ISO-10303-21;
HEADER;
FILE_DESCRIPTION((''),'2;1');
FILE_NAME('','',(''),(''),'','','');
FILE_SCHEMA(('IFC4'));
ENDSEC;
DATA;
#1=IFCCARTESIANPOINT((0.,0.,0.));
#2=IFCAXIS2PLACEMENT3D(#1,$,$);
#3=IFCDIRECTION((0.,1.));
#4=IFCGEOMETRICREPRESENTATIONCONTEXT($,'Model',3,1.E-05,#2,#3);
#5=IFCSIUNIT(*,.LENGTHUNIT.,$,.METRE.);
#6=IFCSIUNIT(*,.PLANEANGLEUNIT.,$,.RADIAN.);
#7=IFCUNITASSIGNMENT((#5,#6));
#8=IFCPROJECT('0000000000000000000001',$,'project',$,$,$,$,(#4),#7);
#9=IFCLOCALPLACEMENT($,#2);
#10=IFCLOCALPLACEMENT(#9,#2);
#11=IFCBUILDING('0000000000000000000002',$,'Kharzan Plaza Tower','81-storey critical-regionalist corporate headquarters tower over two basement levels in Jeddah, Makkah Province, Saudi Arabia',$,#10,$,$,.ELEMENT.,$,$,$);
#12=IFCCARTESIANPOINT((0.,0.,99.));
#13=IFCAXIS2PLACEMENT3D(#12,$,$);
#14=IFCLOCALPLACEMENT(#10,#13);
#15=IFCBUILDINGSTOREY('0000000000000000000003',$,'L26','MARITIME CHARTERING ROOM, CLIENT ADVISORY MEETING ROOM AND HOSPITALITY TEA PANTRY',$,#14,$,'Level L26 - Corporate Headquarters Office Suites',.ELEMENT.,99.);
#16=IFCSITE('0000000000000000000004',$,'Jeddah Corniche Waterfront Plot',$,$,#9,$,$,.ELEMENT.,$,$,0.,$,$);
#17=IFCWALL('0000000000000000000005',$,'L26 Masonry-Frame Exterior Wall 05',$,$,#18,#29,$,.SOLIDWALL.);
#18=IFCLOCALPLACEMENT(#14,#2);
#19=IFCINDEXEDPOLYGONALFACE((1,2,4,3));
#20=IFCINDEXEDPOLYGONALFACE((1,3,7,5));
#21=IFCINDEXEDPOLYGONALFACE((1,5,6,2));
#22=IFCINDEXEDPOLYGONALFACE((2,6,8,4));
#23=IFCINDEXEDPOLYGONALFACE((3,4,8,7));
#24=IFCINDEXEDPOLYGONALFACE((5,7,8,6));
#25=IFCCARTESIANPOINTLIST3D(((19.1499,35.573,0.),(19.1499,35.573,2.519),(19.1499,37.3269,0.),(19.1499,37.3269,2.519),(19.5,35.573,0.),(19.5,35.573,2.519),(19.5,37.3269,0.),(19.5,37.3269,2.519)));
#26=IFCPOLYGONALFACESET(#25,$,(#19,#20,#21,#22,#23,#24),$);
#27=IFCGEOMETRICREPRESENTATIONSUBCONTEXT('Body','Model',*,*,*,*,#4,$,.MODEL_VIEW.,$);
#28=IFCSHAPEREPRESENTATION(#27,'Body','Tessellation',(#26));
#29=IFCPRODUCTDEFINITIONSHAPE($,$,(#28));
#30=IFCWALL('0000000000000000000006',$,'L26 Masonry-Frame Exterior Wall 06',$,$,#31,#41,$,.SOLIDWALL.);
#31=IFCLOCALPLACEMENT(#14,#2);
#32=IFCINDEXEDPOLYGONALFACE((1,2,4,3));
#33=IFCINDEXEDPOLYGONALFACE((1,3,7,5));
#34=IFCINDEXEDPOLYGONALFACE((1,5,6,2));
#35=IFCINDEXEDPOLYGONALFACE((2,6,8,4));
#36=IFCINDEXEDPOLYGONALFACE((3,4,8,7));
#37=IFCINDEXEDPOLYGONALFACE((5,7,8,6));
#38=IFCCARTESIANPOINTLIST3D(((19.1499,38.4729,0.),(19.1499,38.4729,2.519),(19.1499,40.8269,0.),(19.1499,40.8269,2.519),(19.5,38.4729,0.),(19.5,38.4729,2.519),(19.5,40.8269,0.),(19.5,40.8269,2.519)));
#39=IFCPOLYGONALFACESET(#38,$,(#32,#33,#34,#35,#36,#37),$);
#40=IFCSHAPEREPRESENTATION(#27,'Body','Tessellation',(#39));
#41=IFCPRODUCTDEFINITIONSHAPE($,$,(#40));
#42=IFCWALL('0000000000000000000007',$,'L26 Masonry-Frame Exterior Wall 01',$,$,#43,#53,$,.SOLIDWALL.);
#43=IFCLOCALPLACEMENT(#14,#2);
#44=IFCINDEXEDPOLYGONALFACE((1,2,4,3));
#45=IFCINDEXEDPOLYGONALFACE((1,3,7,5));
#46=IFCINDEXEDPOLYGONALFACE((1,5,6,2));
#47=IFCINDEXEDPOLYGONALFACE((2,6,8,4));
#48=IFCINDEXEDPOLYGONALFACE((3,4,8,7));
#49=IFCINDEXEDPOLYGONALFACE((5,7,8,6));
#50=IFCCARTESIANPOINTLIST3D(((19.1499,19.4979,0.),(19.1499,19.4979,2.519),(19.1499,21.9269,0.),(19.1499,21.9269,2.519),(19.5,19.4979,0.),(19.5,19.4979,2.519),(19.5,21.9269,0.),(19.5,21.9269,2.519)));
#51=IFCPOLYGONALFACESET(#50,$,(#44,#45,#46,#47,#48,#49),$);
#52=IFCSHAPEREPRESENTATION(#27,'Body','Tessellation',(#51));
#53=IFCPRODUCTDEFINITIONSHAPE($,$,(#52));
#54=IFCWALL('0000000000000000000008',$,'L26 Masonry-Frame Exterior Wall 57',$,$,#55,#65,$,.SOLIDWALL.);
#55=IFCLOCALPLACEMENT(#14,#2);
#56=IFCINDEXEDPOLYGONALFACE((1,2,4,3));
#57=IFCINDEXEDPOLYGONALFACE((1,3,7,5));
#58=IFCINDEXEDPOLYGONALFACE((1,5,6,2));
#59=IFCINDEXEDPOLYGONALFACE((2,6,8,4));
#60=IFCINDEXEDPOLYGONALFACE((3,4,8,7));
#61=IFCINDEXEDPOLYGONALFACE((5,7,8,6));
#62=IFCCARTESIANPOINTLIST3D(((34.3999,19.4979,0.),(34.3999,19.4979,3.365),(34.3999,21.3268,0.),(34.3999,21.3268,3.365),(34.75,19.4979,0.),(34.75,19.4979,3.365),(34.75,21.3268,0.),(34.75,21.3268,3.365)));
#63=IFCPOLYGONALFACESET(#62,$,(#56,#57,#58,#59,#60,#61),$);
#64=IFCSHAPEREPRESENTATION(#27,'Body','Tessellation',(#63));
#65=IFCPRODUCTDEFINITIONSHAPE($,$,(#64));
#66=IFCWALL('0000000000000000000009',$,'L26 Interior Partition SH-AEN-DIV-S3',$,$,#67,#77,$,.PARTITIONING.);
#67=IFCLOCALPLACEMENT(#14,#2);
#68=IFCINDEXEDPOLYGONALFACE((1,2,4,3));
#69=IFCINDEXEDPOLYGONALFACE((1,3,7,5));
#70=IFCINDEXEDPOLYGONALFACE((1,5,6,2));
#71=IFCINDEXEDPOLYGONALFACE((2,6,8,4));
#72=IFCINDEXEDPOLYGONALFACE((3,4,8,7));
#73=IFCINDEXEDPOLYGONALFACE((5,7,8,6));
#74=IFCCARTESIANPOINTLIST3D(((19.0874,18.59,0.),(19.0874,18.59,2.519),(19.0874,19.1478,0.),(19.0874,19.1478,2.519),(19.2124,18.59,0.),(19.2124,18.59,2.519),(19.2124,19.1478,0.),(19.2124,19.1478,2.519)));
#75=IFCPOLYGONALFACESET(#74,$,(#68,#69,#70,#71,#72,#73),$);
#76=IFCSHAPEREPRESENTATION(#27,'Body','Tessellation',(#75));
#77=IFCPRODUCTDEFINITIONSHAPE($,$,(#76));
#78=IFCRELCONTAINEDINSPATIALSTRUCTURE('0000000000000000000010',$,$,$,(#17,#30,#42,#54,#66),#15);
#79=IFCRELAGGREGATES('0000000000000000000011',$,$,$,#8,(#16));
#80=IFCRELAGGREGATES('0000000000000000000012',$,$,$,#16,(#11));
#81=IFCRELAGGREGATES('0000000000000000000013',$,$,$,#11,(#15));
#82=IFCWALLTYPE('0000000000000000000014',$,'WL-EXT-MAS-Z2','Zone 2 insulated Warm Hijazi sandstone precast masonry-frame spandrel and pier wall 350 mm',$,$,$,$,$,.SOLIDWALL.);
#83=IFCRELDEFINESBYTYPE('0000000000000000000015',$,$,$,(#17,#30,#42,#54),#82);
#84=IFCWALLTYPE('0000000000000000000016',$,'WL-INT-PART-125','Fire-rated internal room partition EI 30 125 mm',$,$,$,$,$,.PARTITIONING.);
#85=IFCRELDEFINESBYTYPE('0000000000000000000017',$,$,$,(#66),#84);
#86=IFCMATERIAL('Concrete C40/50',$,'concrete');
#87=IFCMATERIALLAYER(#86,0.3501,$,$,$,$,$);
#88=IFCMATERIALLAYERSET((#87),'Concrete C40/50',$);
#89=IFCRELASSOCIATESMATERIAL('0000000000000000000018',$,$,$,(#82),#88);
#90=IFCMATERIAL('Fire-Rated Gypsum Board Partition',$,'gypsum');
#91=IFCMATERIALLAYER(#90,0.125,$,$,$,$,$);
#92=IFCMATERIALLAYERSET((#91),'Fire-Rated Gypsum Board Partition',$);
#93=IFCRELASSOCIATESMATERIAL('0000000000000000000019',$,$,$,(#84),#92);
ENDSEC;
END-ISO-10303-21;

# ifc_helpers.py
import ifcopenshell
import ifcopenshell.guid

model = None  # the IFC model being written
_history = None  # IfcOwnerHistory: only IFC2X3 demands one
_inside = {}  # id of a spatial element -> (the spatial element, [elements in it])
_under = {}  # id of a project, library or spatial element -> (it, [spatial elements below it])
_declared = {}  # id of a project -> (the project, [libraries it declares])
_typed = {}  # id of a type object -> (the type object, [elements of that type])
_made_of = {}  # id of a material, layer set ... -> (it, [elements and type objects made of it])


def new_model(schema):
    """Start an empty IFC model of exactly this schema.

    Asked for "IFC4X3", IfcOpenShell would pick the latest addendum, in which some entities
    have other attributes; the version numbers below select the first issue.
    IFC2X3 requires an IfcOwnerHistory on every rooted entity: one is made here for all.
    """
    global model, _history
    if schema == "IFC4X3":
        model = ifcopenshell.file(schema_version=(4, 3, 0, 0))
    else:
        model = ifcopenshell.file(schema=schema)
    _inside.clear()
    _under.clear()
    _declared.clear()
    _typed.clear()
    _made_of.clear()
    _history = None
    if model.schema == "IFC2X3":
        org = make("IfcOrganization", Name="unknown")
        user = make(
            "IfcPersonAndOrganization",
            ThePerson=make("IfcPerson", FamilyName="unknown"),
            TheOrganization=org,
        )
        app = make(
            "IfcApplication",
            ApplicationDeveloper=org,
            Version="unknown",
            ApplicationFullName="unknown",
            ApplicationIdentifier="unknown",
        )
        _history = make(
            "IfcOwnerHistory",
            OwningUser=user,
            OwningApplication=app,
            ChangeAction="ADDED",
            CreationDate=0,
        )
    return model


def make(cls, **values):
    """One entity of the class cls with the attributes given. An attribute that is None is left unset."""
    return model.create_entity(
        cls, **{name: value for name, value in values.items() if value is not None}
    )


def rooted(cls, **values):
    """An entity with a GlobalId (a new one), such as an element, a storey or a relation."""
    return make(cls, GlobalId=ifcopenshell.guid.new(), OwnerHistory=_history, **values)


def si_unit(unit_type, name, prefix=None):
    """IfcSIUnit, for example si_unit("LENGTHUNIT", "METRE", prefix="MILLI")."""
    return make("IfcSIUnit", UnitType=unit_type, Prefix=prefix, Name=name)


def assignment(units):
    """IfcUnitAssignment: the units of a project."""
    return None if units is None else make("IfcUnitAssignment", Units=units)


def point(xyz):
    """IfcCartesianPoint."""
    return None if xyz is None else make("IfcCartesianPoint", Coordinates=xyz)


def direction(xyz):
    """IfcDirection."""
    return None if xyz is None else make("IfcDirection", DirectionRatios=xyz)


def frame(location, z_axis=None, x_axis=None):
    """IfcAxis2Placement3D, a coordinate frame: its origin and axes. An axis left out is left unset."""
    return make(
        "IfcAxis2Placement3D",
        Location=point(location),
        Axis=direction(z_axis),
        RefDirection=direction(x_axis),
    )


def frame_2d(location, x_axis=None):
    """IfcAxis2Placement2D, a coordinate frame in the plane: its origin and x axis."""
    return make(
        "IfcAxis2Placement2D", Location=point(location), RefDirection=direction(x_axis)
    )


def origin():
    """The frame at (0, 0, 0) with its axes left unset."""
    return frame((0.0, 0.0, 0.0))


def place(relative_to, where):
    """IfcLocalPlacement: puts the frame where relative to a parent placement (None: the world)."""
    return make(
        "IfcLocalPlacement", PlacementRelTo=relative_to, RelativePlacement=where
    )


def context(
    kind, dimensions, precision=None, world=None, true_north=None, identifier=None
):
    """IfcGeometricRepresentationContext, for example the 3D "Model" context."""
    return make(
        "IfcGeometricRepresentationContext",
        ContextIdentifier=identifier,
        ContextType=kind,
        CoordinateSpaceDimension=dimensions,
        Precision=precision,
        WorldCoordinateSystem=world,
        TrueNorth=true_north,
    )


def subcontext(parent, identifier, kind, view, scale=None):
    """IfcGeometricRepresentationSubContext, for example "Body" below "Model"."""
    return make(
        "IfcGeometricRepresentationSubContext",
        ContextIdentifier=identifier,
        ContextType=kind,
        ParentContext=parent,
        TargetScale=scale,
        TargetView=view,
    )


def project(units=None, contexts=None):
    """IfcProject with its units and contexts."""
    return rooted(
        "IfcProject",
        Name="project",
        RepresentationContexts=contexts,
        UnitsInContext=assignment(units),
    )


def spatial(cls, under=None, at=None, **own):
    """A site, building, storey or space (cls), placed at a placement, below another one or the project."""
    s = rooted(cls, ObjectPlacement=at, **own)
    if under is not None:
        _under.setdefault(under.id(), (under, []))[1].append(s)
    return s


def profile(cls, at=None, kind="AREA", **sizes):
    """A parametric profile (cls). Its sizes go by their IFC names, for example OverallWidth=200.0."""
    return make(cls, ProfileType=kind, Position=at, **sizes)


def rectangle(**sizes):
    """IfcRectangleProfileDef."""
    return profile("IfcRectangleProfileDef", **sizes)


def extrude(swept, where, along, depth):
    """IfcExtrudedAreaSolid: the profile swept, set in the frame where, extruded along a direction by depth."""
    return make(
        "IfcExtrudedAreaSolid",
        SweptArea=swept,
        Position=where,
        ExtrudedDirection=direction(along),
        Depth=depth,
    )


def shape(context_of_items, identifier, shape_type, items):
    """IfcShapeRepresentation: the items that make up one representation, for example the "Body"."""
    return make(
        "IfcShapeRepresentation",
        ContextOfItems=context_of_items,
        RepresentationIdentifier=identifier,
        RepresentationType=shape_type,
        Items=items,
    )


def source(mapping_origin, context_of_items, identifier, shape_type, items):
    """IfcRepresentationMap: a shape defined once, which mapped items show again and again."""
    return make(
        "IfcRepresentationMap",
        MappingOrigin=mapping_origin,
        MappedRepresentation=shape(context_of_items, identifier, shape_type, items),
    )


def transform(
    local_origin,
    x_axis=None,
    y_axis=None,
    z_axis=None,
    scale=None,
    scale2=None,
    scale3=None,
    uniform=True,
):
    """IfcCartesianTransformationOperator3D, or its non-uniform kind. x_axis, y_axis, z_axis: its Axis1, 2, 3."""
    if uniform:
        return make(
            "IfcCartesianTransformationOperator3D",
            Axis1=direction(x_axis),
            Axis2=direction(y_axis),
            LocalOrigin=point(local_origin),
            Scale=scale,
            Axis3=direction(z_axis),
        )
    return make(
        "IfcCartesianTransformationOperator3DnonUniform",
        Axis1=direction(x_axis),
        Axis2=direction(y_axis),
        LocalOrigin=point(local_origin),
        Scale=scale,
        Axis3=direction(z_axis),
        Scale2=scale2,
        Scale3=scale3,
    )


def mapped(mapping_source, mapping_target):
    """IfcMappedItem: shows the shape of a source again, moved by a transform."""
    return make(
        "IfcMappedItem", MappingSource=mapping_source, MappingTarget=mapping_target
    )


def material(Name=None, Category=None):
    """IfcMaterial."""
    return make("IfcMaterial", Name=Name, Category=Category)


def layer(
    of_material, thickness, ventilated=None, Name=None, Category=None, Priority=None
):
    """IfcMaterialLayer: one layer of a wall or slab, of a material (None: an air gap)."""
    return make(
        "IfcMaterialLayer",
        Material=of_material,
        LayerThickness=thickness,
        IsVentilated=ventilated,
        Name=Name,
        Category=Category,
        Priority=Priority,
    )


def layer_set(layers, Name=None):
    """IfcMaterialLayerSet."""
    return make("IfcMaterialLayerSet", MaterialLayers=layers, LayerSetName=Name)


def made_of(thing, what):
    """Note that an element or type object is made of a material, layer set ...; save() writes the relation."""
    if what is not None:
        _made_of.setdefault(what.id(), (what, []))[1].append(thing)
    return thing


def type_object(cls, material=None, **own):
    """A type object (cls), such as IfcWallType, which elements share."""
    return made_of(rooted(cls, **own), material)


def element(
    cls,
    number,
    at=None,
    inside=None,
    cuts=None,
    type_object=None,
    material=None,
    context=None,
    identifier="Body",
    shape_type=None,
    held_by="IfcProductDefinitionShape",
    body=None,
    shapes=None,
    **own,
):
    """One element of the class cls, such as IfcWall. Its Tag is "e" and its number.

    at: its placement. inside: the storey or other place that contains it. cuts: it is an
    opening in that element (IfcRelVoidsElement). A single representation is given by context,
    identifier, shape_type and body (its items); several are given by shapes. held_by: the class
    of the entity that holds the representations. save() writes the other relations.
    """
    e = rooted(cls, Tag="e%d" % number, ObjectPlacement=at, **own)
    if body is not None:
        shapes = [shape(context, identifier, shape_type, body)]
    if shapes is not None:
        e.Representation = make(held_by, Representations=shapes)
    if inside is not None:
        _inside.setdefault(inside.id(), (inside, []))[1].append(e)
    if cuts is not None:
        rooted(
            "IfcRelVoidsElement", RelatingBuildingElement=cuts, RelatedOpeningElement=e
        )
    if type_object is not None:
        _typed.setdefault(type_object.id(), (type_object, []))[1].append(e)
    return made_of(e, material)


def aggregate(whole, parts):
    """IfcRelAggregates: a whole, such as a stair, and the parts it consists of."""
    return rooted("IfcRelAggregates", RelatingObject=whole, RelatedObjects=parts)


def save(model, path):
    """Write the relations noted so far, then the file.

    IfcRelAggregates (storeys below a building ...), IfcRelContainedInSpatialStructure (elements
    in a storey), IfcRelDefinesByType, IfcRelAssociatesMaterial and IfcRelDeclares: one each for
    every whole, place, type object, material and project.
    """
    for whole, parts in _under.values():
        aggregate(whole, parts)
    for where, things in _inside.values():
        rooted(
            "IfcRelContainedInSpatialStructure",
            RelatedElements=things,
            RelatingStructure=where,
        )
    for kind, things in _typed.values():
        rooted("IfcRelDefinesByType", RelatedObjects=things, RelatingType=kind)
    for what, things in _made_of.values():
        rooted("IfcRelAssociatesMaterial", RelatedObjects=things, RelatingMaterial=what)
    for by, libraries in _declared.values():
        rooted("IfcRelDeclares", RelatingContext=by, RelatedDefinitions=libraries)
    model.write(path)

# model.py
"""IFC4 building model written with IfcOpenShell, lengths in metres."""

from ifc_helpers import new_model, si_unit, direction, frame, frame_2d, origin, place, context, subcontext, project, spatial, rectangle, extrude, source, transform, mapped, material, layer, layer_set, type_object, element, save


model = new_model("IFC4")

# Units and contexts
model_context = context("Model", 3, precision=1e-05, world=origin(), true_north=direction((0.0, 1.0)))
body_context = subcontext(model_context, "Body", "Model", "MODEL_VIEW")
ifc_project = project(units=[si_unit("LENGTHUNIT", "METRE"), si_unit("PLANEANGLEUNIT", "RADIAN")], contexts=[model_context])

# Site, building, storey
site_placement = place(None, origin())
site = spatial("IfcSite", under=ifc_project, at=site_placement, Name="Jeddah Corniche Waterfront Plot", CompositionType="ELEMENT", RefElevation=0.0)
building_placement = place(site_placement, origin())
building = spatial("IfcBuilding", under=site, at=building_placement, Name="Kharzan Plaza Tower", Description="81-storey critical-regionalist corporate headquarters tower over two basement levels in Jeddah, Makkah Province, Saudi Arabia", CompositionType="ELEMENT")
storey_placement = place(building_placement, frame((0.0, 0.0, 99.0)))
storey = spatial("IfcBuildingStorey", under=building, at=storey_placement, Name="L26", Description="MARITIME CHARTERING ROOM, CLIENT ADVISORY MEETING ROOM AND HOSPITALITY TEA PANTRY", LongName="Level L26 - Corporate Headquarters Office Suites", CompositionType="ELEMENT", Elevation=99.0)

# Shared definitions
ifc_material_1 = material(Name="Concrete C40/50", Category="concrete")
ifc_layer_1 = layer(ifc_material_1, 0.3501)
ifc_layer_set_1 = layer_set([ifc_layer_1], Name="Concrete C40/50")
wall_type_1 = type_object("IfcWallType", Name="WL-EXT-MAS-Z2", Description="Zone 2 insulated Warm Hijazi sandstone precast masonry-frame spandrel and pier wall 350 mm", PredefinedType="SOLIDWALL", material=ifc_layer_set_1)

# Walls
shared_shape_1 = source(origin(), body_context, "Body", "SweptSolid", [
    extrude(rectangle(XDim=1.7539, YDim=0.3501, at=frame_2d((0.877, 0.0))), origin(), (0.0, 0.0, 1.0), 2.519),
])
wall_1_placement = place(storey_placement, frame((19.325, 35.573, 0.0), z_axis=(0.0, 0.0, 1.0), x_axis=(0.0, 1.0, 0.0)))
element("IfcWall", 1, at=wall_1_placement, inside=storey, type_object=wall_type_1, Name="L26 Masonry-Frame Exterior Wall 05", PredefinedType="SOLIDWALL", context=body_context, shape_type="MappedRepresentation", body=[
    mapped(shared_shape_1, transform((0.0, 0.0, 0.0), x_axis=(1.0, 0.0, 0.0), y_axis=(0.0, 1.0, 0.0), z_axis=(0.0, 0.0, 1.0))),
])
shared_shape_2 = source(origin(), body_context, "Body", "SweptSolid", [
    extrude(rectangle(XDim=2.354, YDim=0.3501, at=frame_2d((1.177, 0.0))), origin(), (0.0, 0.0, 1.0), 2.519),
])
wall_2_placement = place(storey_placement, frame((19.325, 38.4729, 0.0), z_axis=(0.0, 0.0, 1.0), x_axis=(0.0, 1.0, 0.0)))
element("IfcWall", 2, at=wall_2_placement, inside=storey, type_object=wall_type_1, Name="L26 Masonry-Frame Exterior Wall 06", PredefinedType="SOLIDWALL", context=body_context, shape_type="MappedRepresentation", body=[
    mapped(shared_shape_2, transform((0.0, 0.0, 0.0), x_axis=(1.0, 0.0, 0.0), y_axis=(0.0, 1.0, 0.0), z_axis=(0.0, 0.0, 1.0))),
])
shared_shape_3 = source(origin(), body_context, "Body", "SweptSolid", [
    extrude(rectangle(XDim=2.429, YDim=0.3501, at=frame_2d((1.2144, 0.0))), origin(), (0.0, 0.0, 1.0), 2.519),
])
wall_3_placement = place(storey_placement, frame((19.325, 19.498, 0.0), z_axis=(0.0, 0.0, 1.0), x_axis=(0.0, 1.0, 0.0)))
element("IfcWall", 3, at=wall_3_placement, inside=storey, type_object=wall_type_1, Name="L26 Masonry-Frame Exterior Wall 01", PredefinedType="SOLIDWALL", context=body_context, shape_type="MappedRepresentation", body=[
    mapped(shared_shape_3, transform((0.0, 0.0, 0.0), x_axis=(1.0, 0.0, 0.0), y_axis=(0.0, 1.0, 0.0), z_axis=(0.0, 0.0, 1.0))),
])
shared_shape_4 = source(origin(), body_context, "Body", "SweptSolid", [
    extrude(rectangle(XDim=1.8289, YDim=0.3501, at=frame_2d((0.9146, 0.0))), origin(), (0.0, 0.0, 1.0), 3.365),
])
wall_4_placement = place(storey_placement, frame((34.575, 21.3269, 0.0), z_axis=(0.0, 0.0, 1.0), x_axis=(0.0, -1.0, 0.0)))
element("IfcWall", 4, at=wall_4_placement, inside=storey, type_object=wall_type_1, Name="L26 Masonry-Frame Exterior Wall 57", PredefinedType="SOLIDWALL", context=body_context, shape_type="MappedRepresentation", body=[
    mapped(shared_shape_4, transform((0.0, 0.0, 0.0), x_axis=(1.0, 0.0, 0.0), y_axis=(0.0, 1.0, 0.0), z_axis=(0.0, 0.0, 1.0))),
])
ifc_material_2 = material(Name="Fire-Rated Gypsum Board Partition", Category="gypsum")
ifc_layer_2 = layer(ifc_material_2, 0.125)
ifc_layer_set_2 = layer_set([ifc_layer_2], Name="Fire-Rated Gypsum Board Partition")
wall_type_2 = type_object("IfcWallType", Name="WL-INT-PART-125", Description="Fire-rated internal room partition EI 30 125 mm", PredefinedType="PARTITIONING", material=ifc_layer_set_2)
shared_shape_5 = source(origin(), body_context, "Body", "SweptSolid", [
    extrude(rectangle(XDim=0.5579, YDim=0.125, at=frame_2d((0.2788, 0.0))), origin(), (0.0, 0.0, 1.0), 2.519),
])
wall_5_placement = place(storey_placement, frame((19.1499, 18.5901, 0.0), z_axis=(0.0, 0.0, 1.0), x_axis=(0.0, 1.0, 0.0)))
element("IfcWall", 5, at=wall_5_placement, inside=storey, type_object=wall_type_2, Name="L26 Interior Partition SH-AEN-DIV-S3", PredefinedType="PARTITIONING", context=body_context, shape_type="MappedRepresentation", body=[
    mapped(shared_shape_5, transform((0.0, 0.0, 0.0), x_axis=(1.0, 0.0, 0.0), y_axis=(0.0, 1.0, 0.0), z_axis=(0.0, 0.0, 1.0))),
])

save(model, "model.ifc")
